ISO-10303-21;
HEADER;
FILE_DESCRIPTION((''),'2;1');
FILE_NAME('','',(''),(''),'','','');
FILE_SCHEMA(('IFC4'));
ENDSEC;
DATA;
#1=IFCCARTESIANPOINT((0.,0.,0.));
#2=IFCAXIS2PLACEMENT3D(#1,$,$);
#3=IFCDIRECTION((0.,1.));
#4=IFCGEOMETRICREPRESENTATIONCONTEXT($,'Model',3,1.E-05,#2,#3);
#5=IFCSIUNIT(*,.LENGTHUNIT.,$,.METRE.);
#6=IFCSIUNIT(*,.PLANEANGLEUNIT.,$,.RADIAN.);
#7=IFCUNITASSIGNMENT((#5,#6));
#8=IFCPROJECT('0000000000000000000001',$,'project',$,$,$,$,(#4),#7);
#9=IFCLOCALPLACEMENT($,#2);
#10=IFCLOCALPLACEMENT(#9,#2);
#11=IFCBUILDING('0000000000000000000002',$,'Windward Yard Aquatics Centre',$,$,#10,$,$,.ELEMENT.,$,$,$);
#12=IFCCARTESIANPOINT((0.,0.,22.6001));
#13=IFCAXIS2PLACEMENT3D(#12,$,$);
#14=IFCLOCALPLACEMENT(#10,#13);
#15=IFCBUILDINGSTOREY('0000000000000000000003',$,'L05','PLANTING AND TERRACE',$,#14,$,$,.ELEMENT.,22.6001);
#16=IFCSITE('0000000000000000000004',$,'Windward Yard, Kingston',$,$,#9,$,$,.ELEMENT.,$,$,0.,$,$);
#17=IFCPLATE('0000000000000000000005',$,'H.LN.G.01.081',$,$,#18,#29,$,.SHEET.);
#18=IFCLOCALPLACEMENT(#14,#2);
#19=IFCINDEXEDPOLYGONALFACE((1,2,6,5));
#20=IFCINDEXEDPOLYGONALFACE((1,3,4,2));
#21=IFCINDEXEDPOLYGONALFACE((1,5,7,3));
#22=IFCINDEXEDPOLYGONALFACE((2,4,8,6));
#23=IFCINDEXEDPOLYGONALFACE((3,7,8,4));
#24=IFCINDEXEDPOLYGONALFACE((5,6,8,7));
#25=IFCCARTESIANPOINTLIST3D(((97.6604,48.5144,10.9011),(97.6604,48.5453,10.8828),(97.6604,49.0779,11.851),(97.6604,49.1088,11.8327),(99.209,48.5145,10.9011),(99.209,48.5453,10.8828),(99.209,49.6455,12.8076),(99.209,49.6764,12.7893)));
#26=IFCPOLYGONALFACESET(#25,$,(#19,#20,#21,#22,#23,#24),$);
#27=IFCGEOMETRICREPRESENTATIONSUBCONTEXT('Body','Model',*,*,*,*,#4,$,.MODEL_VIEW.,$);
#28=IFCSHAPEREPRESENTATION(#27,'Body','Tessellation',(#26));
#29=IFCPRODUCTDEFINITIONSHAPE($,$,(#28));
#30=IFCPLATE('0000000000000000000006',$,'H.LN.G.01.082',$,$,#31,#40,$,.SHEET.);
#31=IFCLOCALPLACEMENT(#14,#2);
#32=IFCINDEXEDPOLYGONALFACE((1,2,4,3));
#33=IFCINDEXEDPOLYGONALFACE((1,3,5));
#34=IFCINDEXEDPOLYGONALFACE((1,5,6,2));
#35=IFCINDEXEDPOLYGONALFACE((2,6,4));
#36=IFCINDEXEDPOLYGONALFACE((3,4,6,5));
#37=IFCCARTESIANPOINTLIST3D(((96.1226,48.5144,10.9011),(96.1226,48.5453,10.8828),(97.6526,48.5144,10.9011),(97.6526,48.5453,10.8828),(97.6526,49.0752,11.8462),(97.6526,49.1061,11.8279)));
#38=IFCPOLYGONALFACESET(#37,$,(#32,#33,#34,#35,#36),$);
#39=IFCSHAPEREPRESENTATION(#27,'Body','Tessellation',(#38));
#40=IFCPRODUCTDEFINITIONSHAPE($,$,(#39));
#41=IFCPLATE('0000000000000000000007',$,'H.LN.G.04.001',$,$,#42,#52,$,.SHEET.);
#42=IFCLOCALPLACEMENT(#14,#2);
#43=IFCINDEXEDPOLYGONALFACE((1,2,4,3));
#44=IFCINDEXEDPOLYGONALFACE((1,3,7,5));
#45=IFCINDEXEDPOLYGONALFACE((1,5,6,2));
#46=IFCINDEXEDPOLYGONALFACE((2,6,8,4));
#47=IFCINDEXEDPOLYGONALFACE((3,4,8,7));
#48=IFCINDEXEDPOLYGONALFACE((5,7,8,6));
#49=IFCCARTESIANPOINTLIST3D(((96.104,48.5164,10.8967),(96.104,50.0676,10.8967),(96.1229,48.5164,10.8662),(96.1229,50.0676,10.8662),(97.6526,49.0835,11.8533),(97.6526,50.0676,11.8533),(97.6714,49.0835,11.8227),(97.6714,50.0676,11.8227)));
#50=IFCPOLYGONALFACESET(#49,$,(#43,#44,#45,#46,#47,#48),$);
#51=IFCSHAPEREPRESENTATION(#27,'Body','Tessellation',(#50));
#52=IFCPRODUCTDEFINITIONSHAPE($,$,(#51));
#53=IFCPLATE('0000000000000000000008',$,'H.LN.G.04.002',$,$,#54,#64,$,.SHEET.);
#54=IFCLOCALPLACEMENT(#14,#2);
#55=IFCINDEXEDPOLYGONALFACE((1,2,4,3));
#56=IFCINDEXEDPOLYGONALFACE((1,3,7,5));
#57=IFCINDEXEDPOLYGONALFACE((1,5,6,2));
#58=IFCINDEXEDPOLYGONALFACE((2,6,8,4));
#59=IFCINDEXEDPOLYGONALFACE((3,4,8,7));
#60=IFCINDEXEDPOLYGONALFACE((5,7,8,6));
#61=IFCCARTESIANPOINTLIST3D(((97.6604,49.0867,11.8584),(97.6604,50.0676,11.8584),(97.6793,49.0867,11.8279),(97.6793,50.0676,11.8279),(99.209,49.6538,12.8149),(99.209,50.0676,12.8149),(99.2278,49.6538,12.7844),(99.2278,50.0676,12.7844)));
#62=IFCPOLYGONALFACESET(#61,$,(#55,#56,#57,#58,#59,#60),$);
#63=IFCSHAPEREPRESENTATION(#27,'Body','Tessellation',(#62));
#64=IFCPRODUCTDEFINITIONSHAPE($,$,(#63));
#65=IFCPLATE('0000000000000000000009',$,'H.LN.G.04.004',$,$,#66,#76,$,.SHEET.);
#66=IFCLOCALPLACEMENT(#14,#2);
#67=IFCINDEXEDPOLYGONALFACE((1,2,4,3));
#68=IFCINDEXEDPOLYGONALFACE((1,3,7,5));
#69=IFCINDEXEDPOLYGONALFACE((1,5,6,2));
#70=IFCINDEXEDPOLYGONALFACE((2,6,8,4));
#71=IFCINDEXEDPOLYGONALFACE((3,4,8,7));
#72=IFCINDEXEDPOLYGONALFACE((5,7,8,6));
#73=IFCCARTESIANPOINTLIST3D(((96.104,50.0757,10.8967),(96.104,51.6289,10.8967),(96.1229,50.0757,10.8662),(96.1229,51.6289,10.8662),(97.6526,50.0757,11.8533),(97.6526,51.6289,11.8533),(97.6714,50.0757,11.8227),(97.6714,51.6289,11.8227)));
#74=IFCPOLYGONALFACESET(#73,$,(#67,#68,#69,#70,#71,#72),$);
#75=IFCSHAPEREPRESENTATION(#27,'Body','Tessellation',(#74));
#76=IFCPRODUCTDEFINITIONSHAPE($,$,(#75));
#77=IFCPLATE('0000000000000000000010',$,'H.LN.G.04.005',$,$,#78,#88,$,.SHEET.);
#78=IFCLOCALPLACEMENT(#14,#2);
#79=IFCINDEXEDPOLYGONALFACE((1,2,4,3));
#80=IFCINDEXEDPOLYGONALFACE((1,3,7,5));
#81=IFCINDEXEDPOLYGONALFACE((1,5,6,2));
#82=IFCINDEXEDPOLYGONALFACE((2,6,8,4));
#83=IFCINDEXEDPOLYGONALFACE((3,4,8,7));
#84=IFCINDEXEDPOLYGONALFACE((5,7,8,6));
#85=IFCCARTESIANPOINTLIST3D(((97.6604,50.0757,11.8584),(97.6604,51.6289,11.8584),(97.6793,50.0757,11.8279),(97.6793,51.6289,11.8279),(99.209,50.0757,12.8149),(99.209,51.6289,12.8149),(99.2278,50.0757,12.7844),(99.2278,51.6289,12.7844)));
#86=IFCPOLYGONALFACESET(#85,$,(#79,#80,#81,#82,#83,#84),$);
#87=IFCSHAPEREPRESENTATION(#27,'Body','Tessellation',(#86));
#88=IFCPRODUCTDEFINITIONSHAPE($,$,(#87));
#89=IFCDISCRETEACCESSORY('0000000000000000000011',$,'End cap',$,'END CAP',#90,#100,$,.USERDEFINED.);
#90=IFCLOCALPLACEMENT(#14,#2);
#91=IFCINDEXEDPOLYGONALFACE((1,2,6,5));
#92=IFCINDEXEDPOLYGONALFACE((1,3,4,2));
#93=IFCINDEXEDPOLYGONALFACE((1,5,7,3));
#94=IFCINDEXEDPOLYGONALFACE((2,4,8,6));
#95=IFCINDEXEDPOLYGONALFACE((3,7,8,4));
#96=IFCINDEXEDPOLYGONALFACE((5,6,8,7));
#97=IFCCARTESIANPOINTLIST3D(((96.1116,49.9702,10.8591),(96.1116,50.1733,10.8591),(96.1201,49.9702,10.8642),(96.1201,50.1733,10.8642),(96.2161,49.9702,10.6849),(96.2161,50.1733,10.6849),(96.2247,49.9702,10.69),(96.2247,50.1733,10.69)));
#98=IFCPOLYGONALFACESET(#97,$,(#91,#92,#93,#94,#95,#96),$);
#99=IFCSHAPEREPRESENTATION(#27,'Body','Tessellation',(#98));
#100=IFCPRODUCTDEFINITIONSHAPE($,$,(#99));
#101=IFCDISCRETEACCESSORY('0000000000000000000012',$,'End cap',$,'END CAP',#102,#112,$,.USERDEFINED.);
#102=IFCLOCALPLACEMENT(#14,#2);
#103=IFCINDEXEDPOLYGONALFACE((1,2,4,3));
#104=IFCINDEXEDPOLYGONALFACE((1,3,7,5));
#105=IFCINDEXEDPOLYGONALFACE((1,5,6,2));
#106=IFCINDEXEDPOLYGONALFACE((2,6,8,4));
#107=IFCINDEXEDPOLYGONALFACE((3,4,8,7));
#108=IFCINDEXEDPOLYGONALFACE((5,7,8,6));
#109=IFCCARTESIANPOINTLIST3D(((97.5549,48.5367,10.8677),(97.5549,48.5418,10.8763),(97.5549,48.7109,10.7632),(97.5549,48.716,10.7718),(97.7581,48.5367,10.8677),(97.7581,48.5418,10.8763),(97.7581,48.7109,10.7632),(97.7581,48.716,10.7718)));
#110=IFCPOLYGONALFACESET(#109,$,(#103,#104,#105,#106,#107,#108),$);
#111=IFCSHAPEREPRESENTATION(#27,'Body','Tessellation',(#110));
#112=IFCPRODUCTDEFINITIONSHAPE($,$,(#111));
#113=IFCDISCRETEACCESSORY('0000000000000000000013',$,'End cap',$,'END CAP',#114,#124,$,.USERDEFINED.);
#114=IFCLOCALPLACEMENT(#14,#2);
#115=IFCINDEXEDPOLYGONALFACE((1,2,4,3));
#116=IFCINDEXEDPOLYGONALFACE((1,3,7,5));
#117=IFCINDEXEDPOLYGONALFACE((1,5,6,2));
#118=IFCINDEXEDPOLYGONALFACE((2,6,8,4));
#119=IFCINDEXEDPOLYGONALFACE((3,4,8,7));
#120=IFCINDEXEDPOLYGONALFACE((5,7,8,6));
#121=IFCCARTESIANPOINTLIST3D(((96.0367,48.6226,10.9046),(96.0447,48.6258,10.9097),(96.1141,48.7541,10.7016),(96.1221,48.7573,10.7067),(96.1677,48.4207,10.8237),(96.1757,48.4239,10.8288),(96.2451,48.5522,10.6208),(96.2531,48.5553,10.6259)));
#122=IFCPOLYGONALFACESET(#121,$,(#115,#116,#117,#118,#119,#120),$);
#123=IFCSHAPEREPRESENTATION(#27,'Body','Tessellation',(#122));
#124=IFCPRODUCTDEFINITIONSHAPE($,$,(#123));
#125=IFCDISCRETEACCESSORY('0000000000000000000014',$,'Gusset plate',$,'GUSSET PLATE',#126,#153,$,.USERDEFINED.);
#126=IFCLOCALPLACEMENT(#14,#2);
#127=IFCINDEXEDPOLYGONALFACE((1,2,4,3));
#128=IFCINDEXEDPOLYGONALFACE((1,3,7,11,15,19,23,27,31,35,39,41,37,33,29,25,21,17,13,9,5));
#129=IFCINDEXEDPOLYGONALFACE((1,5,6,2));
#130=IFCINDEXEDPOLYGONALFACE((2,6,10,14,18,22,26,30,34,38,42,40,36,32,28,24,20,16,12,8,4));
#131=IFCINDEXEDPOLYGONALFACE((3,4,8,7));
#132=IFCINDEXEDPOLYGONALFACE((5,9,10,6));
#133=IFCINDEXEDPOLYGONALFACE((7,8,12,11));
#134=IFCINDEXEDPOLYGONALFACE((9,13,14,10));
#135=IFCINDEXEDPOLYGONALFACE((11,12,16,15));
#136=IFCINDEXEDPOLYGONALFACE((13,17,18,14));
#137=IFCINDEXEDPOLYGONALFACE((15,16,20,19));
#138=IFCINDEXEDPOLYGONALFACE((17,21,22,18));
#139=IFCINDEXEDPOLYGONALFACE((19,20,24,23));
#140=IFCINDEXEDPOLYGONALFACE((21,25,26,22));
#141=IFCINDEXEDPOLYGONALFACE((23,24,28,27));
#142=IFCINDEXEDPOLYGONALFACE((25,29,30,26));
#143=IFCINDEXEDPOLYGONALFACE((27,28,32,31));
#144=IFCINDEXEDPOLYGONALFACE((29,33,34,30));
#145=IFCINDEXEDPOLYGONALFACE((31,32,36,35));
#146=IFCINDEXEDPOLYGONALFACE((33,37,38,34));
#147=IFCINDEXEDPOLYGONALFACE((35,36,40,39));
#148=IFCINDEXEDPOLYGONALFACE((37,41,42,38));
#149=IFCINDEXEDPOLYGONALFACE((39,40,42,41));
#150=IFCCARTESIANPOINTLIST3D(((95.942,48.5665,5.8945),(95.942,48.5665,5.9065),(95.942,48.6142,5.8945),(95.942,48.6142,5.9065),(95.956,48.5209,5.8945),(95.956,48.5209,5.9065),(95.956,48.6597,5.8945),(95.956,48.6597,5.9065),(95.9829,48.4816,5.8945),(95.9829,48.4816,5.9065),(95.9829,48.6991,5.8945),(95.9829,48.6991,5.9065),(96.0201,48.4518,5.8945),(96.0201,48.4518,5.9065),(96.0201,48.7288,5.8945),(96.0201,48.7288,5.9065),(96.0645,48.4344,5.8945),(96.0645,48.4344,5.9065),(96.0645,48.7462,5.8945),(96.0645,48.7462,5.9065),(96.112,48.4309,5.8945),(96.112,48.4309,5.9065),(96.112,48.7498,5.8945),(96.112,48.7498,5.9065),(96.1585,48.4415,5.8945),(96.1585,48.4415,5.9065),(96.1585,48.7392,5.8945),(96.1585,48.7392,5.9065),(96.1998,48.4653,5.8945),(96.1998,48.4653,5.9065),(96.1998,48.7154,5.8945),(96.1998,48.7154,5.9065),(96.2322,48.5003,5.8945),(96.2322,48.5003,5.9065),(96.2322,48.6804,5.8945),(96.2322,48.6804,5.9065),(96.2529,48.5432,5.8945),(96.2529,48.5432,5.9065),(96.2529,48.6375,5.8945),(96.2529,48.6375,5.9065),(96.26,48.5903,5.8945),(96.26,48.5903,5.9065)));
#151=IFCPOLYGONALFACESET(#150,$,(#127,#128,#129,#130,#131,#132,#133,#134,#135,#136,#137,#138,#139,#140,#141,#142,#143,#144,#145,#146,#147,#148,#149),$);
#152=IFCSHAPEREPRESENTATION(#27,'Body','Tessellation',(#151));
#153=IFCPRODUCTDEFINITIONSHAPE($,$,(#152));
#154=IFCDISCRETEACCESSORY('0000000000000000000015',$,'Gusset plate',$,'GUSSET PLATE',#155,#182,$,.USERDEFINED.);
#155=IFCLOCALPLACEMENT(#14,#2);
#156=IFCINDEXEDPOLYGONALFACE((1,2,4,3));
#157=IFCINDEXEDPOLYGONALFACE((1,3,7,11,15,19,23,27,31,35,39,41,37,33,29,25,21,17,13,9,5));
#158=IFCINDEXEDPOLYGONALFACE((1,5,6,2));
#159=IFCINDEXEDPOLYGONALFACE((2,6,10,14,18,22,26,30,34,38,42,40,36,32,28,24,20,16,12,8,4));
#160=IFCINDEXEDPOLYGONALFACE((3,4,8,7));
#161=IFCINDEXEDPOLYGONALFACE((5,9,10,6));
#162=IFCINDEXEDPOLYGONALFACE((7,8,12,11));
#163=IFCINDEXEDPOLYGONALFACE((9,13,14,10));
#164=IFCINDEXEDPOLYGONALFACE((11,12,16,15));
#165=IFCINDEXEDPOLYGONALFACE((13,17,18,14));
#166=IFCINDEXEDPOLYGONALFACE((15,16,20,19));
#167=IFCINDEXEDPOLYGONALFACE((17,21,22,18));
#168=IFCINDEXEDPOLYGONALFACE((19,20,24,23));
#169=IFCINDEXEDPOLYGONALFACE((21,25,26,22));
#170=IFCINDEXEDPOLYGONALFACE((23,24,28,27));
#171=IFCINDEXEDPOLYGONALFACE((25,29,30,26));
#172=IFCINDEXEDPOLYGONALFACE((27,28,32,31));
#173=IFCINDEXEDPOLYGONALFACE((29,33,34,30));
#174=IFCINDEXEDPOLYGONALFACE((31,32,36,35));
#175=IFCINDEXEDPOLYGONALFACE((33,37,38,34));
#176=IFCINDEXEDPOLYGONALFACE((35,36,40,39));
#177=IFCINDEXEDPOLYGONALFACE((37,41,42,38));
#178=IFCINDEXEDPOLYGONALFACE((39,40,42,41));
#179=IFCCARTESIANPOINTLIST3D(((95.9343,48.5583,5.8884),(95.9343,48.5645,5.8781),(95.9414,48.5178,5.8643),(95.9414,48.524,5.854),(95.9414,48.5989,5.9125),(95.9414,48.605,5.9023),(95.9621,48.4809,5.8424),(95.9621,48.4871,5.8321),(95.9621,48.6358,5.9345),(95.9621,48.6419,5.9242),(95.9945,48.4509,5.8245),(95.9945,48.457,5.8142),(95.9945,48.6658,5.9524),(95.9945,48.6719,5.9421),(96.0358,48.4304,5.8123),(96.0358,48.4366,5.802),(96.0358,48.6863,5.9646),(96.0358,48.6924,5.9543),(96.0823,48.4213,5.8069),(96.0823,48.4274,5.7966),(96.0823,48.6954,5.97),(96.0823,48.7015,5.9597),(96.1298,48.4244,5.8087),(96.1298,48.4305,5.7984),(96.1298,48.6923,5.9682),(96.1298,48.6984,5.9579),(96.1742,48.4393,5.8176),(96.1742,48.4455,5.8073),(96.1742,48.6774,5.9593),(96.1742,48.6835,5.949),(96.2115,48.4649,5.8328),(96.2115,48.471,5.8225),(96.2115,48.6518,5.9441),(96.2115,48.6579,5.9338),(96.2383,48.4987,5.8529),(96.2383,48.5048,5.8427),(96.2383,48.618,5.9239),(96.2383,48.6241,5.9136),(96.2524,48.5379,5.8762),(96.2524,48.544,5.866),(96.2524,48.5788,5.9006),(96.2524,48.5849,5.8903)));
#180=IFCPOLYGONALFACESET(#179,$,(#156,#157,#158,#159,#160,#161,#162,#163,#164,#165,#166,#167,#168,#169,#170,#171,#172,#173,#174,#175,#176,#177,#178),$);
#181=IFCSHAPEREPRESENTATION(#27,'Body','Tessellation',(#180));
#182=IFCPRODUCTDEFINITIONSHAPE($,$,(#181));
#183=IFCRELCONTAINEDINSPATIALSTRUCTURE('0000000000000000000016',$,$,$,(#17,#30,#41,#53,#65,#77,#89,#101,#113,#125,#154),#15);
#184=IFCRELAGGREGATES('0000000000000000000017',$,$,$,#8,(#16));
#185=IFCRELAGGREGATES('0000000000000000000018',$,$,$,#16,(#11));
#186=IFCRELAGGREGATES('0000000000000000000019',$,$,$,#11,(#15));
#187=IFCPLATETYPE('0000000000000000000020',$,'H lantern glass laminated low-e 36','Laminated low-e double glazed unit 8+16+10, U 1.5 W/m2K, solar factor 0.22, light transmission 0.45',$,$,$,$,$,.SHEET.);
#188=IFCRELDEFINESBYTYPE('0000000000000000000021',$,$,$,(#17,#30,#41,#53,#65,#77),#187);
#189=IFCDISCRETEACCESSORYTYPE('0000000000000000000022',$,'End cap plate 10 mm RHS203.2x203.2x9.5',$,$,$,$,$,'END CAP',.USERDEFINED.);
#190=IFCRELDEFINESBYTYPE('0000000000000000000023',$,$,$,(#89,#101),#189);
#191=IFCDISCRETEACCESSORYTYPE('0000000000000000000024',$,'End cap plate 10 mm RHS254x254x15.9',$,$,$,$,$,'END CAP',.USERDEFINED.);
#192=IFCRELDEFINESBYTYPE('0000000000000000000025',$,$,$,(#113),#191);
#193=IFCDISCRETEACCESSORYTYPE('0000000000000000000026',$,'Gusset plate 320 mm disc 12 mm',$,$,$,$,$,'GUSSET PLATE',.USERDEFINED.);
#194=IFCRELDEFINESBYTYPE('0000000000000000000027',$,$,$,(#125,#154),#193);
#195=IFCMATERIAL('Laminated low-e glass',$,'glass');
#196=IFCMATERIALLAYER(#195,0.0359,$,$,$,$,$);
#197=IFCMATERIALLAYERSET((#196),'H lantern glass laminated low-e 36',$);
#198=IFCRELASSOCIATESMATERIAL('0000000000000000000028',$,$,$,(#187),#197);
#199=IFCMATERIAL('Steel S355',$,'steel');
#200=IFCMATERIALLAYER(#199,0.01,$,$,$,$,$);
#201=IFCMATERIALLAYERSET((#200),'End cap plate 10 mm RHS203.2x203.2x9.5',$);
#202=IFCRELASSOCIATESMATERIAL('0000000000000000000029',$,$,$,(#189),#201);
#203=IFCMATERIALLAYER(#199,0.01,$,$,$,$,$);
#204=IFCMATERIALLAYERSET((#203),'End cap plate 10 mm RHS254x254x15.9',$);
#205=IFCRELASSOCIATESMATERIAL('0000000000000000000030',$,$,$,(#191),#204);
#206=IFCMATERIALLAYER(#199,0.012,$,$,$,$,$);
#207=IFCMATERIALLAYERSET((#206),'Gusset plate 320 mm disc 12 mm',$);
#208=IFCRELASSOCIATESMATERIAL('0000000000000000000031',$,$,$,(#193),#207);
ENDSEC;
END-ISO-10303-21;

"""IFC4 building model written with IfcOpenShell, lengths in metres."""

from ifc_helpers import new_model, si_unit, direction, frame, origin, origin_2d, place, context, subcontext, project, spatial, polyline, rectangle, circle, outline, extrude, material, layer, layer_set, type_object, element, save


model = new_model("IFC4")

# Units and contexts
model_context = context("Model", 3, precision=1e-05, world=origin(), true_north=direction((0.0, 1.0)))
body_context = subcontext(model_context, "Body", "Model", "MODEL_VIEW")
ifc_project = project(units=[si_unit("LENGTHUNIT", "METRE"), si_unit("PLANEANGLEUNIT", "RADIAN")], contexts=[model_context])

# Site, building, storey
site_placement = place(None, origin())
site = spatial("IfcSite", under=ifc_project, at=site_placement, Name="Windward Yard, Kingston", CompositionType="ELEMENT", RefElevation=0.0)
building_placement = place(site_placement, origin())
building = spatial("IfcBuilding", under=site, at=building_placement, Name="Windward Yard Aquatics Centre", CompositionType="ELEMENT")
storey_placement = place(building_placement, frame((0.0, 0.0, 22.6001)))
storey = spatial("IfcBuildingStorey", under=building, at=storey_placement, Name="L05", Description="PLANTING AND TERRACE", CompositionType="ELEMENT", Elevation=22.6001)

# Plates
ifc_material_1 = material(Name="Laminated low-e glass", Category="glass")
ifc_layer_1 = layer(ifc_material_1, 0.0359)
ifc_layer_set_1 = layer_set([ifc_layer_1], Name="H lantern glass laminated low-e 36")
plate_type = type_object("IfcPlateType", Name="H lantern glass laminated low-e 36", Description="Laminated low-e double glazed unit 8+16+10, U 1.5 W/m2K, solar factor 0.22, light transmission 0.45", PredefinedType="SHEET", material=ifc_layer_set_1)
plate_1_placement = place(storey_placement, frame((97.6604, 48.5144, 10.9011), z_axis=(0.000044, -0.860044, 0.510219), x_axis=(0.0, 0.510219, 0.860044)))
element("IfcPlate", 1, at=plate_1_placement, inside=storey, type_object=plate_type, Name="H.LN.G.01.081", PredefinedType="SHEET", context=body_context, shape_type="SweptSolid", body=[
    extrude(outline(polyline([(0.0, 0.0), (1.1045, 0.0), (2.2168, -1.5486), (0.0, -1.5486), (0.0, 0.0)])), origin(), (0.0, 0.0, -1.0), 0.0359),
])
plate_2_placement = place(storey_placement, frame((96.1226, 48.5144, 10.9011), z_axis=(0.0, -0.859992, 0.510308), x_axis=(0.812212, 0.297694, 0.501687)))
element("IfcPlate", 2, at=plate_2_placement, inside=storey, type_object=plate_type, Name="H.LN.G.01.082", PredefinedType="SHEET", context=body_context, shape_type="SweptSolid", body=[
    extrude(outline(polyline([(0.0, 0.0), (1.8838, 0.0), (1.2427, -0.8926), (0.0, 0.0)])), origin(), (0.0, 0.0, -1.0), 0.0359),
])
plate_3_placement = place(storey_placement, frame((96.104, 48.5164, 10.8967), z_axis=(-0.525519, 0.0, 0.850782), x_axis=(0.0, 1.0, 0.0)))
element("IfcPlate", 3, at=plate_3_placement, inside=storey, type_object=plate_type, Name="H.LN.G.04.001", PredefinedType="SHEET", context=body_context, shape_type="SweptSolid", body=[
    extrude(outline(polyline([(0.0, 0.0), (1.5513, 0.0), (1.5513, -1.8202), (0.5671, -1.8202), (0.0, 0.0)])), origin(), (0.0, 0.0, -1.0), 0.0359),
])
plate_4_placement = place(storey_placement, frame((97.6604, 49.0867, 11.8584), z_axis=(-0.525519, 0.0, 0.850782), x_axis=(0.0, 1.0, 0.0)))
element("IfcPlate", 4, at=plate_4_placement, inside=storey, type_object=plate_type, Name="H.LN.G.04.002", PredefinedType="SHEET", context=body_context, shape_type="SweptSolid", body=[
    extrude(outline(polyline([(0.0, 0.0), (0.981, 0.0), (0.981, -1.8202), (0.5671, -1.8202), (0.0, 0.0)])), origin(), (0.0, 0.0, -1.0), 0.0359),
])
for number, where, z_axis, x_axis, name in (
    (5, (96.104, 50.0757, 10.8967), (-0.525519, 0.0, 0.850782), (0.0, 1.0, 0.0), "H.LN.G.04.004"),
    (6, (97.6604, 50.0757, 11.8584), (-0.525519, 0.0, 0.850782), (0.0, 1.0, 0.0), "H.LN.G.04.005"),
):
    element("IfcPlate", number, at=place(storey_placement, frame(where, z_axis=z_axis, x_axis=x_axis)), inside=storey, type_object=plate_type, Name=name, PredefinedType="SHEET", context=body_context, shape_type="SweptSolid", body=[
        extrude(outline(polyline([(0.0, 0.0), (1.5532, 0.0), (1.5532, -1.8202), (0.0, -1.8202), (0.0, 0.0)])), origin(), (0.0, 0.0, -1.0), 0.0359),
    ])

# Discrete accessories
ifc_material_2 = material(Name="Steel S355", Category="steel")
ifc_layer_2 = layer(ifc_material_2, 0.01)
ifc_layer_set_2 = layer_set([ifc_layer_2], Name="End cap plate 10 mm RHS203.2x203.2x9.5")
discrete_accessory_type_1 = type_object("IfcDiscreteAccessoryType", Name="End cap plate 10 mm RHS203.2x203.2x9.5", ElementType="END CAP", PredefinedType="USERDEFINED", material=ifc_layer_set_2)
for number, where, z_axis, x_axis, name in (
    (7, (96.1638, 50.0718, 10.772), (0.857493, 0.0, 0.514496), (0.0, 1.0, 0.0), "End cap"),
    (8, (97.6565, 48.6238, 10.8154), (0.0, 0.514496, 0.857493), (-1.0, 0.0, 0.0), "End cap"),
):
    element("IfcDiscreteAccessory", number, at=place(storey_placement, frame(where, z_axis=z_axis, x_axis=x_axis)), inside=storey, type_object=discrete_accessory_type_1, Name=name, ObjectType="END CAP", PredefinedType="USERDEFINED", context=body_context, shape_type="SweptSolid", body=[
        extrude(rectangle(XDim=0.2031, YDim=0.2031, at=origin_2d()), origin(), (0.0, 0.0, 1.0), 0.01),
    ])
ifc_layer_3 = layer(ifc_material_2, 0.01)
ifc_layer_set_3 = layer_set([ifc_layer_3], Name="End cap plate 10 mm RHS254x254x15.9")
discrete_accessory_type_2 = type_object("IfcDiscreteAccessoryType", Name="End cap plate 10 mm RHS254x254x15.9", ElementType="END CAP", PredefinedType="USERDEFINED", material=ifc_layer_set_3)
discrete_accessory_1_placement = place(storey_placement, frame((96.1409, 48.5874, 10.7627), z_axis=(0.800603, 0.315389, 0.509475), x_axis=(-0.515938, 0.795222, 0.31848)))
element("IfcDiscreteAccessory", 9, at=discrete_accessory_1_placement, inside=storey, type_object=discrete_accessory_type_2, Name="End cap", ObjectType="END CAP", PredefinedType="USERDEFINED", context=body_context, shape_type="SweptSolid", body=[
    extrude(rectangle(XDim=0.2539, YDim=0.2539, at=origin_2d()), origin(), (0.0, 0.0, 1.0), 0.01),
])
ifc_layer_4 = layer(ifc_material_2, 0.012)
ifc_layer_set_4 = layer_set([ifc_layer_4], Name="Gusset plate 320 mm disc 12 mm")
discrete_accessory_type_3 = type_object("IfcDiscreteAccessoryType", Name="Gusset plate 320 mm disc 12 mm", ElementType="GUSSET PLATE", PredefinedType="USERDEFINED", material=ifc_layer_set_4)
for number, where, z_axis, x_axis, name in (
    (10, (96.1001, 48.5903, 5.8945), (0.0, 0.0, 1.0), (1.0, 0.0, 0.0), "Gusset plate"),
    (11, (96.0942, 48.5583, 5.8884), (0.0, 0.511484, -0.859293), (-1.0, 0.0, 0.0), "Gusset plate"),
):
    element("IfcDiscreteAccessory", number, at=place(storey_placement, frame(where, z_axis=z_axis, x_axis=x_axis)), inside=storey, type_object=discrete_accessory_type_3, Name=name, ObjectType="GUSSET PLATE", PredefinedType="USERDEFINED", context=body_context, shape_type="SweptSolid", body=[
        extrude(circle(Radius=0.1599, at=origin_2d()), origin(), (0.0, 0.0, 1.0), 0.012),
    ])

save(model, "model.ifc")
